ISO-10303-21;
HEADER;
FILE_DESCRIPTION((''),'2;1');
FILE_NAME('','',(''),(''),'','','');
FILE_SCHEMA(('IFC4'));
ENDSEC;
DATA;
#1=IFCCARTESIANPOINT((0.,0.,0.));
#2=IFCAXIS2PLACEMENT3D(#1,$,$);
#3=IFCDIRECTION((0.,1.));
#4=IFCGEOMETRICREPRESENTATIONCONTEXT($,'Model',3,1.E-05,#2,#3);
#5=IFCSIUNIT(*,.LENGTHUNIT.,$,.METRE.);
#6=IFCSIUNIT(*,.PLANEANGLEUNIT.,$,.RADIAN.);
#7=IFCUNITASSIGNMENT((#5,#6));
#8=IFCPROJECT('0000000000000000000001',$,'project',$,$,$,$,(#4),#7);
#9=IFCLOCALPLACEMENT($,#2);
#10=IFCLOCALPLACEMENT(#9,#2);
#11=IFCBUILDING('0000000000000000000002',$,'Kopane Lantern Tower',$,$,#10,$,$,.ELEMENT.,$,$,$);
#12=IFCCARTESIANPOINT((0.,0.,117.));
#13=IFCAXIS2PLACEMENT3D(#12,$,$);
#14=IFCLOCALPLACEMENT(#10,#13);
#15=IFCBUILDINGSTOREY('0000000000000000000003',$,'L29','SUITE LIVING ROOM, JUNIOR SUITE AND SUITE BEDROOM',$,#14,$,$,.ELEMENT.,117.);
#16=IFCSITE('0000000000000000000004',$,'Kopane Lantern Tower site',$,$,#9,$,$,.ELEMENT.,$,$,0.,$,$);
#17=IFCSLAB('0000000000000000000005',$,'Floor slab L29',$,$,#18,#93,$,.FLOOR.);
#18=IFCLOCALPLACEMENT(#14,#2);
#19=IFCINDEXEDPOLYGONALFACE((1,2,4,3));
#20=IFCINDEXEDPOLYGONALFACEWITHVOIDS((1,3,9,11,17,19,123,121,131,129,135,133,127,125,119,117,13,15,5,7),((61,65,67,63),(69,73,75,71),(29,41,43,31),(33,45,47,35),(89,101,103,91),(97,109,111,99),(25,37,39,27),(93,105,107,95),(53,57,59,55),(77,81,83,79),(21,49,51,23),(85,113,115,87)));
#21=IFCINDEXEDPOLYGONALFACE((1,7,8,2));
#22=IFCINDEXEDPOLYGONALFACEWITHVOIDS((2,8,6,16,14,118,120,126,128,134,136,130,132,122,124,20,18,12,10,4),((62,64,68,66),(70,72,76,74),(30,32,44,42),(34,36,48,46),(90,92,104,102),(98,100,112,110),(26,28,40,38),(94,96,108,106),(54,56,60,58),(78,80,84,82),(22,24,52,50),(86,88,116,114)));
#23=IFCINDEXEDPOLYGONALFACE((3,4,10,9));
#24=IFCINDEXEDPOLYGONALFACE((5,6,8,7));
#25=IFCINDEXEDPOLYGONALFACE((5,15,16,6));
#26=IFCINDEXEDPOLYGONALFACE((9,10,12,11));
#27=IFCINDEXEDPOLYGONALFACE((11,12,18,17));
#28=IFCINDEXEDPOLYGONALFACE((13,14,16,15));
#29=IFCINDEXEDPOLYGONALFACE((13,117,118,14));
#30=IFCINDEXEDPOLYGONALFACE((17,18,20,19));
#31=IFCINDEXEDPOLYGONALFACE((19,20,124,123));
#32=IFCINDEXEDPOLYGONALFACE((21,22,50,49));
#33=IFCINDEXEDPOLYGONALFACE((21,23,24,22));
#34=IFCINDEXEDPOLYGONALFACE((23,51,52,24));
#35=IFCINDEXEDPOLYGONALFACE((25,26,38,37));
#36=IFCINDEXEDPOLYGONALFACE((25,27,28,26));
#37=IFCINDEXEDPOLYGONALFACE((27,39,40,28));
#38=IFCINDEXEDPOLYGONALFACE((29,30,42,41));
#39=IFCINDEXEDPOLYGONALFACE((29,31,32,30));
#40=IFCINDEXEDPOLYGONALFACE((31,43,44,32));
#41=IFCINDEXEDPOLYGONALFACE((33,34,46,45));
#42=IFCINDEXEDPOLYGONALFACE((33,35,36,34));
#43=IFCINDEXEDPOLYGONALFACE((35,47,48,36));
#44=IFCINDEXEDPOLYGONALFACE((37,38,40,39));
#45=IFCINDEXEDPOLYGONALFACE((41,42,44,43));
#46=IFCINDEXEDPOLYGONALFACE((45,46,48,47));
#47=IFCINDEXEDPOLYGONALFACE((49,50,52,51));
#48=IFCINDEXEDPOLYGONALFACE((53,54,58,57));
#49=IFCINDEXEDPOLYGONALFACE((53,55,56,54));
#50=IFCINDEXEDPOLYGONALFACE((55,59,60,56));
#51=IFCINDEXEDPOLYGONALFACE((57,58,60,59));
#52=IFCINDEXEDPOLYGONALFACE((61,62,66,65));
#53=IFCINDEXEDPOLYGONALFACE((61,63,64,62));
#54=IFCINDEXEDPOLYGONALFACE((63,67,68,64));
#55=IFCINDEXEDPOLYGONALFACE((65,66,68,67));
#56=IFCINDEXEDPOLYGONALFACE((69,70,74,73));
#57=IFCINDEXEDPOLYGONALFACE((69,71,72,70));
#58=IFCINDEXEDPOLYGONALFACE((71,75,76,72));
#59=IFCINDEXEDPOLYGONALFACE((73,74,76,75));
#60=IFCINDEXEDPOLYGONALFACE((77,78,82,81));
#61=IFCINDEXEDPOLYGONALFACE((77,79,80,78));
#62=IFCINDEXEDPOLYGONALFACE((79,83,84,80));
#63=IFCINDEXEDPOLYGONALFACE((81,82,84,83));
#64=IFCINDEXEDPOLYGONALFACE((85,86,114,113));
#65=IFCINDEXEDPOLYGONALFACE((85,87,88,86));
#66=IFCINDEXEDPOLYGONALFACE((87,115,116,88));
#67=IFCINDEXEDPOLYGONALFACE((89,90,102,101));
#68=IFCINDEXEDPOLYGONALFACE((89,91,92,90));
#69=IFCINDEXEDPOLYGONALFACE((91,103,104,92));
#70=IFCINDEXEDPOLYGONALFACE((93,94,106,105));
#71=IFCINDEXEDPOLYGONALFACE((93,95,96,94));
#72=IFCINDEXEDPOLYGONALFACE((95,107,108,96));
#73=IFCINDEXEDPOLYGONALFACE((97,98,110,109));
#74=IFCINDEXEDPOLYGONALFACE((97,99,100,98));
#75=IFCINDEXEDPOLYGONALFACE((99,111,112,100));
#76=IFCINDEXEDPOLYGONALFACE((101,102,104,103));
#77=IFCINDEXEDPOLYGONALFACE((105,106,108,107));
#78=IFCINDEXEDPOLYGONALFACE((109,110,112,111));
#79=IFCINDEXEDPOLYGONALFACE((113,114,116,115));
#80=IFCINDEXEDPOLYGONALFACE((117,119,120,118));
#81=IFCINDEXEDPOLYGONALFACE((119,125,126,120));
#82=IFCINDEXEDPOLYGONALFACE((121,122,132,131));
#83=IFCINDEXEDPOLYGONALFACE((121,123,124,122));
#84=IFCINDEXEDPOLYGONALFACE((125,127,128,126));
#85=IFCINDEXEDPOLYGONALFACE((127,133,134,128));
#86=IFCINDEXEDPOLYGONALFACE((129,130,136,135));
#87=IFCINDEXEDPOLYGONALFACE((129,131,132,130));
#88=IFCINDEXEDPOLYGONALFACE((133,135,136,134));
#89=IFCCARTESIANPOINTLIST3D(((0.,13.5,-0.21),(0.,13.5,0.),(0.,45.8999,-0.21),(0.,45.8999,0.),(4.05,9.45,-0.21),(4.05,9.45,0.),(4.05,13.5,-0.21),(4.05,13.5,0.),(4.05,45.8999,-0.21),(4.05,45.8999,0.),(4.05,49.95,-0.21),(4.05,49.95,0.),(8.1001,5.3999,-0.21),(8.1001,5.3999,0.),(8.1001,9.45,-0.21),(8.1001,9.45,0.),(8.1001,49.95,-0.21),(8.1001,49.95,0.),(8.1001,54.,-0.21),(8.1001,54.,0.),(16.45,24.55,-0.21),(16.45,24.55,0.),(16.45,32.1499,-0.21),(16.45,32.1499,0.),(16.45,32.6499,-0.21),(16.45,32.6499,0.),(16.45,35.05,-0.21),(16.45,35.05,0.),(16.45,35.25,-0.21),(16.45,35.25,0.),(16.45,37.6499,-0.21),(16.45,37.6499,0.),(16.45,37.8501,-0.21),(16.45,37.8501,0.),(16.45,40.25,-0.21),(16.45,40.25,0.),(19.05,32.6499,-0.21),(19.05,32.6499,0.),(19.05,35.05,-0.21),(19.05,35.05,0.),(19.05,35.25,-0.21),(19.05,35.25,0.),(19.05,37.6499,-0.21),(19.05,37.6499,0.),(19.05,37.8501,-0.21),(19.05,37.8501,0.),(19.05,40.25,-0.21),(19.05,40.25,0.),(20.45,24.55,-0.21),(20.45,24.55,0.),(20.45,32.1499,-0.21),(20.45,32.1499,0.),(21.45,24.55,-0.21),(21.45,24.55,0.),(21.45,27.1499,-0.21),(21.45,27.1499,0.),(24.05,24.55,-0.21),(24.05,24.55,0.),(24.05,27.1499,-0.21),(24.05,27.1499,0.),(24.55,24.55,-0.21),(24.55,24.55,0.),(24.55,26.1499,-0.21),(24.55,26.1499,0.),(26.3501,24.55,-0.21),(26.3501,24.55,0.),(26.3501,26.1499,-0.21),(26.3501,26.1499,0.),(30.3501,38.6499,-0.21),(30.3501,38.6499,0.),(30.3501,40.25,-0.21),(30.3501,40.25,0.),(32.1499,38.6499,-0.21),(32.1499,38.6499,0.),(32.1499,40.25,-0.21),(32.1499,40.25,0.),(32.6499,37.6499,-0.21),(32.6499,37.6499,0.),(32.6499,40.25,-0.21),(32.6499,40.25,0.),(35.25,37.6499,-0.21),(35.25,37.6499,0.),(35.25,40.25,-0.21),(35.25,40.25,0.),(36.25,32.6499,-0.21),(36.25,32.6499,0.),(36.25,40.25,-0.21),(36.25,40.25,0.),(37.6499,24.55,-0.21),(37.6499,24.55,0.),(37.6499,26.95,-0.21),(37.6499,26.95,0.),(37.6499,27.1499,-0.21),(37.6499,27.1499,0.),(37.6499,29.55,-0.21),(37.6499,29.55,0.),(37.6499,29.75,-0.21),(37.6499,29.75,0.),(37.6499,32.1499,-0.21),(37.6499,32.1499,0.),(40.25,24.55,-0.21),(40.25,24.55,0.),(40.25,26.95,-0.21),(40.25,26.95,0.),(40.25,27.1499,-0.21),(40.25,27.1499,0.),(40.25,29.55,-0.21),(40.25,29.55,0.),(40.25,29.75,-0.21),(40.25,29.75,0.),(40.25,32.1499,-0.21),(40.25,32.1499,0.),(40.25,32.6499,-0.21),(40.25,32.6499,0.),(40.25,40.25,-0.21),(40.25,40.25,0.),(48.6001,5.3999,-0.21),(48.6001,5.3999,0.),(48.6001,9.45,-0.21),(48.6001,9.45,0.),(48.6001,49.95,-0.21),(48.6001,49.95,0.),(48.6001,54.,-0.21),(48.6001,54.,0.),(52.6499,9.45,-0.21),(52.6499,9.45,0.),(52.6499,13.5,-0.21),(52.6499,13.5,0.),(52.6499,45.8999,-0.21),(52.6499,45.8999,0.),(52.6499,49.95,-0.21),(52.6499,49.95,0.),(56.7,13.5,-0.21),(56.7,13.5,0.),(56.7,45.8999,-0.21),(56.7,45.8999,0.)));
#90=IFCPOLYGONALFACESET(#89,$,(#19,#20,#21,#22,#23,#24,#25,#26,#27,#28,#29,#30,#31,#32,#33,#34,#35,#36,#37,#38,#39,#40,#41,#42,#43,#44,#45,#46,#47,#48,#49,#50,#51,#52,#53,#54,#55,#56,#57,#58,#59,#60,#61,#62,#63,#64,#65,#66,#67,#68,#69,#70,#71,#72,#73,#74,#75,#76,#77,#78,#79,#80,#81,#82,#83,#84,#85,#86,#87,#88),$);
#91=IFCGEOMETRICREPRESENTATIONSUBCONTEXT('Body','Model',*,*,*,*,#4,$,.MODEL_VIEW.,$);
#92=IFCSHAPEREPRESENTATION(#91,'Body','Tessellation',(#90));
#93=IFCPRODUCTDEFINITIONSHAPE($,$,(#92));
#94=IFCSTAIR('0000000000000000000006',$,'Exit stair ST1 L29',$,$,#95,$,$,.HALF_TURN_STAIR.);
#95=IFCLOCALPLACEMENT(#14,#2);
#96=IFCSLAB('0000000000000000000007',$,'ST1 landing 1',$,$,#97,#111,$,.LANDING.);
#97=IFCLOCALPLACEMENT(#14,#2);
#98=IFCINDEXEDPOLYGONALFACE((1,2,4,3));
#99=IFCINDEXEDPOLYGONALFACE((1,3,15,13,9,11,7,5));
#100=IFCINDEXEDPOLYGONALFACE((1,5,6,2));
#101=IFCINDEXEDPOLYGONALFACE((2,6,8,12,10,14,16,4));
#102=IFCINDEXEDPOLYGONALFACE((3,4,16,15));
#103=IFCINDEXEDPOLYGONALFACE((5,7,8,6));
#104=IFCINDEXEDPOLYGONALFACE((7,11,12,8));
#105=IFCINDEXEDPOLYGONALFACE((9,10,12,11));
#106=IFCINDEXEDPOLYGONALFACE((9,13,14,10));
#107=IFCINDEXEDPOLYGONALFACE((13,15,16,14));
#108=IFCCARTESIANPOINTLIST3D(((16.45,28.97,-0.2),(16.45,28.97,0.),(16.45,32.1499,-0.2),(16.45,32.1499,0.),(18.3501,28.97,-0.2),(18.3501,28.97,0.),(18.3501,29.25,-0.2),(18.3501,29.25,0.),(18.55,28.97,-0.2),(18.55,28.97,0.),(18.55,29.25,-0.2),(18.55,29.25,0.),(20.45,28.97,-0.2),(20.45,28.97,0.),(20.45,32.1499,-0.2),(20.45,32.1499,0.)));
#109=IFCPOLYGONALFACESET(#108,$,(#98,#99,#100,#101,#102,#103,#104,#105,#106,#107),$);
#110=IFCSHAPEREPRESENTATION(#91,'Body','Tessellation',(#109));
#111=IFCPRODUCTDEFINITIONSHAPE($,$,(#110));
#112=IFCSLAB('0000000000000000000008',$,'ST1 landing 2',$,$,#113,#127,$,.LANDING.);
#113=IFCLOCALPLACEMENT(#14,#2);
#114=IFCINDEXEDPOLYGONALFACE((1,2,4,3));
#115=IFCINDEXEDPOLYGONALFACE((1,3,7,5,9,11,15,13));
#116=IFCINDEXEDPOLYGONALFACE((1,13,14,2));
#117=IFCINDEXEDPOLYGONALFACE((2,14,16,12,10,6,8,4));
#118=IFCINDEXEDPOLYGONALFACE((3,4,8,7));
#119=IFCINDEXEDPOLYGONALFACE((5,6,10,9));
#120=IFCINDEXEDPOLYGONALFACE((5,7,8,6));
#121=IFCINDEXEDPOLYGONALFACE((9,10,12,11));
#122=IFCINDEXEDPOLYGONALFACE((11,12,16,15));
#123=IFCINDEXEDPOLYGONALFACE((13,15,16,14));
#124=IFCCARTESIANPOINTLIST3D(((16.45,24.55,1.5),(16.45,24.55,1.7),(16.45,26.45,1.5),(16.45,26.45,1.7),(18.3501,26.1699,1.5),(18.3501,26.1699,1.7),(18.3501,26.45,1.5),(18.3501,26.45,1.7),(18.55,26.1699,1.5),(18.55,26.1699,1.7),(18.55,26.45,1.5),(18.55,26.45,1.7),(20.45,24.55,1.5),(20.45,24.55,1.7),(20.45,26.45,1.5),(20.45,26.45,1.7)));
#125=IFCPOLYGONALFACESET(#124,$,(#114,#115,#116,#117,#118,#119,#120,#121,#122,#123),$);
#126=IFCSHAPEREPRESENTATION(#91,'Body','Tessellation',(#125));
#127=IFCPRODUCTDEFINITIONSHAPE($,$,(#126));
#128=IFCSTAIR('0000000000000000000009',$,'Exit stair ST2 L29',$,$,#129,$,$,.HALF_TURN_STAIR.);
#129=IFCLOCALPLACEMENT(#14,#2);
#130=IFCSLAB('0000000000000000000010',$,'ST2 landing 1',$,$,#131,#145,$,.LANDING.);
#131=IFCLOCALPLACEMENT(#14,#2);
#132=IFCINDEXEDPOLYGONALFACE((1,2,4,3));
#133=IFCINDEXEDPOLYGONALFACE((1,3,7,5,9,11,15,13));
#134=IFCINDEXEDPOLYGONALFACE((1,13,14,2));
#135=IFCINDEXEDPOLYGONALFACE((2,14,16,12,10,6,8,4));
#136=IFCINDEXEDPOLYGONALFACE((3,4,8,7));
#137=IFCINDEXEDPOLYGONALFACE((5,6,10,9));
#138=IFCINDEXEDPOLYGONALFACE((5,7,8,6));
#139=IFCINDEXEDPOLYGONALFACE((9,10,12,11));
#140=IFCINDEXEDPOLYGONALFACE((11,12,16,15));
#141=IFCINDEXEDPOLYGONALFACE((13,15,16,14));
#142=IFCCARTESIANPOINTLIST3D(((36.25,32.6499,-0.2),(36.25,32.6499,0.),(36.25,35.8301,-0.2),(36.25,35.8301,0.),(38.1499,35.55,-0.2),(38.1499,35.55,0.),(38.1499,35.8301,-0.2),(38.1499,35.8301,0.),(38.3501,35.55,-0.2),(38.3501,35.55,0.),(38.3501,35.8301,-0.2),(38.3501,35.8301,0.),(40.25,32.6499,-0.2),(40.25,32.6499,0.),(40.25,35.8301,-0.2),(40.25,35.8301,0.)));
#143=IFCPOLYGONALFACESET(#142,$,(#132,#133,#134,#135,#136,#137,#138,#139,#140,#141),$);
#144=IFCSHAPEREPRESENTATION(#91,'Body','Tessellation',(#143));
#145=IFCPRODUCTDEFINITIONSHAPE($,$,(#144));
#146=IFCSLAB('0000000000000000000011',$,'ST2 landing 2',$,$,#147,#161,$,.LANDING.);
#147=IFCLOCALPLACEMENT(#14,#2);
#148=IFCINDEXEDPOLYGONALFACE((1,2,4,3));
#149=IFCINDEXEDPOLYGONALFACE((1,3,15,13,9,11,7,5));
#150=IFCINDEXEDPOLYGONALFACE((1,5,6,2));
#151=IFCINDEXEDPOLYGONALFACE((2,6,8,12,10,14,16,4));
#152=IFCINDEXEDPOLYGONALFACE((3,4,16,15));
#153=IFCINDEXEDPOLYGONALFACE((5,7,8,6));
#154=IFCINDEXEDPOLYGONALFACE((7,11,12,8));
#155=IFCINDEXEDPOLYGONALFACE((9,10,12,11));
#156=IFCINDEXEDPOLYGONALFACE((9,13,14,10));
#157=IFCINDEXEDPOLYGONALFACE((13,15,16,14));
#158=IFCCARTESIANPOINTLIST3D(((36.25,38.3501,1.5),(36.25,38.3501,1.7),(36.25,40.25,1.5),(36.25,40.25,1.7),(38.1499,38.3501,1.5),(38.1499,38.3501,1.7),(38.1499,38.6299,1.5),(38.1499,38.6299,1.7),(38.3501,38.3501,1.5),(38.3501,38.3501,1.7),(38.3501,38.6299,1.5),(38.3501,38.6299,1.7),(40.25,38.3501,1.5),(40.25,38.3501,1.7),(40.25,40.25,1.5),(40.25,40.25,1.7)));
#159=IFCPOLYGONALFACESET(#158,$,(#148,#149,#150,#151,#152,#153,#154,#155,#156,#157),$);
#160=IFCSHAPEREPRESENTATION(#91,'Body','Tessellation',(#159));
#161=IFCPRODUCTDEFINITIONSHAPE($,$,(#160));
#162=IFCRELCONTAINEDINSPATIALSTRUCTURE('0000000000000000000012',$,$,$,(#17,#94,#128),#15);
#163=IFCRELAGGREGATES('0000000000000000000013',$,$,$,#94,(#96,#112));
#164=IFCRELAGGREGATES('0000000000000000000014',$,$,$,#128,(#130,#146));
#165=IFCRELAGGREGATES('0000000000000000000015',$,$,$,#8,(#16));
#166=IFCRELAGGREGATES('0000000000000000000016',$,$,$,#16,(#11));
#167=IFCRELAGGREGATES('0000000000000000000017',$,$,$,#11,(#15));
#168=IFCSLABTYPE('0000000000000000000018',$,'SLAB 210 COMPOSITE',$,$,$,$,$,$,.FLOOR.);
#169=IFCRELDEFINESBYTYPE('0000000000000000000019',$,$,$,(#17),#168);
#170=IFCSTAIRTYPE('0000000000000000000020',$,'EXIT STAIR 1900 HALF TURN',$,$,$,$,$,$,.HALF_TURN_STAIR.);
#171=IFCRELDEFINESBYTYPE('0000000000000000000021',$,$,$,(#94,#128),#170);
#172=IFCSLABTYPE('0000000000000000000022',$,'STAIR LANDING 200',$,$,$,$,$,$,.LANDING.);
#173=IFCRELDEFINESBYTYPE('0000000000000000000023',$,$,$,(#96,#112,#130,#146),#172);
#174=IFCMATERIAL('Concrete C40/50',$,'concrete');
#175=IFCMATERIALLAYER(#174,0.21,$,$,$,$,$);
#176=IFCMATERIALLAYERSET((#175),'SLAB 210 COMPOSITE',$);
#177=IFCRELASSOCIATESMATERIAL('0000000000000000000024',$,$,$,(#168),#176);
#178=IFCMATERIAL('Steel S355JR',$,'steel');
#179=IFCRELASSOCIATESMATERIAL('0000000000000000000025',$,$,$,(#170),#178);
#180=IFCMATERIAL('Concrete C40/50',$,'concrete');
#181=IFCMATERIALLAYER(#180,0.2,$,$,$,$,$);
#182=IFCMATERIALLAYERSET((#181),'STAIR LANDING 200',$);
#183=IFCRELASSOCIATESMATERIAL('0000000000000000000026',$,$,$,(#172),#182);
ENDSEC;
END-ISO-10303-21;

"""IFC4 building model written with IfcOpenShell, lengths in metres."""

from ifc_helpers import new_model, si_unit, direction, frame, origin, place, context, subcontext, project, spatial, polyline, outline, extrude, material, layer, layer_set, type_object, element, aggregate, save


model = new_model("IFC4")

# Units and contexts
model_context = context("Model", 3, precision=1e-05, world=origin(), true_north=direction((0.0, 1.0)))
body_context = subcontext(model_context, "Body", "Model", "MODEL_VIEW")
ifc_project = project(units=[si_unit("LENGTHUNIT", "METRE"), si_unit("PLANEANGLEUNIT", "RADIAN")], contexts=[model_context])

# Site, building, storey
site_placement = place(None, origin())
site = spatial("IfcSite", under=ifc_project, at=site_placement, Name="Kopane Lantern Tower site", CompositionType="ELEMENT", RefElevation=0.0)
building_placement = place(site_placement, origin())
building = spatial("IfcBuilding", under=site, at=building_placement, Name="Kopane Lantern Tower", CompositionType="ELEMENT")
storey_placement = place(building_placement, frame((0.0, 0.0, 117.0)))
storey = spatial("IfcBuildingStorey", under=building, at=storey_placement, Name="L29", Description="SUITE LIVING ROOM, JUNIOR SUITE AND SUITE BEDROOM", CompositionType="ELEMENT", Elevation=117.0)

# Slab
ifc_material_1 = material(Name="Concrete C40/50", Category="concrete")
ifc_layer_1 = layer(ifc_material_1, 0.21)
ifc_layer_set_1 = layer_set([ifc_layer_1], Name="SLAB 210 COMPOSITE")
slab_type_1 = type_object("IfcSlabType", Name="SLAB 210 COMPOSITE", PredefinedType="FLOOR", material=ifc_layer_set_1)
slab_1_placement = place(storey_placement, frame((0.0, 0.0, -0.21)))
element("IfcSlab", 1, at=slab_1_placement, inside=storey, type_object=slab_type_1, Name="Floor slab L29", PredefinedType="FLOOR", context=body_context, shape_type="SweptSolid", body=[
    extrude(outline(polyline([(8.1001, 5.3999), (48.6001, 5.3999), (48.6001, 9.45), (52.6499, 9.45), (52.6499, 13.5), (56.7, 13.5), (56.7, 45.8999), (52.6499, 45.8999), (52.6499, 49.95), (48.6001, 49.95), (48.6001, 54.0), (8.1001, 54.0), (8.1001, 49.95), (4.05, 49.95), (4.05, 45.8999), (0.0, 45.8999), (0.0, 13.5), (4.05, 13.5), (4.05, 9.45), (8.1001, 9.45), (8.1001, 5.3999)]), holes=[polyline([(16.45, 24.55), (20.45, 24.55), (20.45, 32.1499), (16.45, 32.1499), (16.45, 24.55)]), polyline([(36.25, 32.6499), (40.25, 32.6499), (40.25, 40.25), (36.25, 40.25), (36.25, 32.6499)]), polyline([(16.45, 32.6499), (19.05, 32.6499), (19.05, 35.05), (16.45, 35.05), (16.45, 32.6499)]), polyline([(16.45, 35.25), (19.05, 35.25), (19.05, 37.6499), (16.45, 37.6499), (16.45, 35.25)]), polyline([(16.45, 37.8501), (19.05, 37.8501), (19.05, 40.25), (16.45, 40.25), (16.45, 37.8501)]), polyline([(37.6499, 24.55), (40.25, 24.55), (40.25, 26.95), (37.6499, 26.95), (37.6499, 24.55)]), polyline([(37.6499, 27.1499), (40.25, 27.1499), (40.25, 29.55), (37.6499, 29.55), (37.6499, 27.1499)]), polyline([(37.6499, 29.75), (40.25, 29.75), (40.25, 32.1499), (37.6499, 32.1499), (37.6499, 29.75)]), polyline([(21.45, 24.55), (24.05, 24.55), (24.05, 27.1499), (21.45, 27.1499), (21.45, 24.55)]), polyline([(32.6499, 37.6499), (35.25, 37.6499), (35.25, 40.25), (32.6499, 40.25), (32.6499, 37.6499)]), polyline([(24.55, 24.55), (26.3501, 24.55), (26.3501, 26.1499), (24.55, 26.1499), (24.55, 24.55)]), polyline([(30.3501, 38.6499), (32.1499, 38.6499), (32.1499, 40.25), (30.3501, 40.25), (30.3501, 38.6499)])]), origin(), (0.0, 0.0, 1.0), 0.21),
])

# Stairs, slabs
ifc_material_2 = material(Name="Steel S355JR", Category="steel")
stair_type = type_object("IfcStairType", Name="EXIT STAIR 1900 HALF TURN", PredefinedType="HALF_TURN_STAIR", material=ifc_material_2)
stair_1_placement = place(storey_placement, origin())
stair_1 = element("IfcStair", 2, at=stair_1_placement, inside=storey, type_object=stair_type, Name="Exit stair ST1 L29", PredefinedType="HALF_TURN_STAIR")
ifc_material_3 = material(Name="Concrete C40/50", Category="concrete")
ifc_layer_2 = layer(ifc_material_3, 0.2)
ifc_layer_set_2 = layer_set([ifc_layer_2], Name="STAIR LANDING 200")
slab_type_2 = type_object("IfcSlabType", Name="STAIR LANDING 200", PredefinedType="LANDING", material=ifc_layer_set_2)
slab_2_placement = place(storey_placement, frame((0.0, 0.0, -0.2)))
slab_2 = element("IfcSlab", 3, at=slab_2_placement, type_object=slab_type_2, Name="ST1 landing 1", PredefinedType="LANDING", context=body_context, shape_type="SweptSolid", body=[
    extrude(outline(polyline([(18.3501, 29.25), (18.55, 29.25), (18.55, 28.97), (20.45, 28.97), (20.45, 32.1499), (16.45, 32.1499), (16.45, 28.97), (18.3501, 28.97), (18.3501, 29.25)])), origin(), (0.0, 0.0, 1.0), 0.2),
])
slab_3_placement = place(storey_placement, frame((0.0, 0.0, 1.5)))
slab_3 = element("IfcSlab", 4, at=slab_3_placement, type_object=slab_type_2, Name="ST1 landing 2", PredefinedType="LANDING", context=body_context, shape_type="SweptSolid", body=[
    extrude(outline(polyline([(20.45, 26.45), (18.55, 26.45), (18.55, 26.1699), (18.3501, 26.1699), (18.3501, 26.45), (16.45, 26.45), (16.45, 24.55), (20.45, 24.55), (20.45, 26.45)])), origin(), (0.0, 0.0, 1.0), 0.2),
])
aggregate(stair_1, [slab_2, slab_3])
stair_2_placement = place(storey_placement, origin())
stair_2 = element("IfcStair", 5, at=stair_2_placement, inside=storey, type_object=stair_type, Name="Exit stair ST2 L29", PredefinedType="HALF_TURN_STAIR")
slab_4_placement = place(storey_placement, frame((0.0, 0.0, -0.2)))
slab_4 = element("IfcSlab", 6, at=slab_4_placement, type_object=slab_type_2, Name="ST2 landing 1", PredefinedType="LANDING", context=body_context, shape_type="SweptSolid", body=[
    extrude(outline(polyline([(40.25, 35.8301), (38.3501, 35.8301), (38.3501, 35.55), (38.1499, 35.55), (38.1499, 35.8301), (36.25, 35.8301), (36.25, 32.6499), (40.25, 32.6499), (40.25, 35.8301)])), origin(), (0.0, 0.0, 1.0), 0.2),
])
slab_5_placement = place(storey_placement, frame((0.0, 0.0, 1.5)))
slab_5 = element("IfcSlab", 7, at=slab_5_placement, type_object=slab_type_2, Name="ST2 landing 2", PredefinedType="LANDING", context=body_context, shape_type="SweptSolid", body=[
    extrude(outline(polyline([(38.1499, 38.6299), (38.3501, 38.6299), (38.3501, 38.3501), (40.25, 38.3501), (40.25, 40.25), (36.25, 40.25), (36.25, 38.3501), (38.1499, 38.3501), (38.1499, 38.6299)])), origin(), (0.0, 0.0, 1.0), 0.2),
])
aggregate(stair_2, [slab_4, slab_5])

save(model, "model.ifc")
